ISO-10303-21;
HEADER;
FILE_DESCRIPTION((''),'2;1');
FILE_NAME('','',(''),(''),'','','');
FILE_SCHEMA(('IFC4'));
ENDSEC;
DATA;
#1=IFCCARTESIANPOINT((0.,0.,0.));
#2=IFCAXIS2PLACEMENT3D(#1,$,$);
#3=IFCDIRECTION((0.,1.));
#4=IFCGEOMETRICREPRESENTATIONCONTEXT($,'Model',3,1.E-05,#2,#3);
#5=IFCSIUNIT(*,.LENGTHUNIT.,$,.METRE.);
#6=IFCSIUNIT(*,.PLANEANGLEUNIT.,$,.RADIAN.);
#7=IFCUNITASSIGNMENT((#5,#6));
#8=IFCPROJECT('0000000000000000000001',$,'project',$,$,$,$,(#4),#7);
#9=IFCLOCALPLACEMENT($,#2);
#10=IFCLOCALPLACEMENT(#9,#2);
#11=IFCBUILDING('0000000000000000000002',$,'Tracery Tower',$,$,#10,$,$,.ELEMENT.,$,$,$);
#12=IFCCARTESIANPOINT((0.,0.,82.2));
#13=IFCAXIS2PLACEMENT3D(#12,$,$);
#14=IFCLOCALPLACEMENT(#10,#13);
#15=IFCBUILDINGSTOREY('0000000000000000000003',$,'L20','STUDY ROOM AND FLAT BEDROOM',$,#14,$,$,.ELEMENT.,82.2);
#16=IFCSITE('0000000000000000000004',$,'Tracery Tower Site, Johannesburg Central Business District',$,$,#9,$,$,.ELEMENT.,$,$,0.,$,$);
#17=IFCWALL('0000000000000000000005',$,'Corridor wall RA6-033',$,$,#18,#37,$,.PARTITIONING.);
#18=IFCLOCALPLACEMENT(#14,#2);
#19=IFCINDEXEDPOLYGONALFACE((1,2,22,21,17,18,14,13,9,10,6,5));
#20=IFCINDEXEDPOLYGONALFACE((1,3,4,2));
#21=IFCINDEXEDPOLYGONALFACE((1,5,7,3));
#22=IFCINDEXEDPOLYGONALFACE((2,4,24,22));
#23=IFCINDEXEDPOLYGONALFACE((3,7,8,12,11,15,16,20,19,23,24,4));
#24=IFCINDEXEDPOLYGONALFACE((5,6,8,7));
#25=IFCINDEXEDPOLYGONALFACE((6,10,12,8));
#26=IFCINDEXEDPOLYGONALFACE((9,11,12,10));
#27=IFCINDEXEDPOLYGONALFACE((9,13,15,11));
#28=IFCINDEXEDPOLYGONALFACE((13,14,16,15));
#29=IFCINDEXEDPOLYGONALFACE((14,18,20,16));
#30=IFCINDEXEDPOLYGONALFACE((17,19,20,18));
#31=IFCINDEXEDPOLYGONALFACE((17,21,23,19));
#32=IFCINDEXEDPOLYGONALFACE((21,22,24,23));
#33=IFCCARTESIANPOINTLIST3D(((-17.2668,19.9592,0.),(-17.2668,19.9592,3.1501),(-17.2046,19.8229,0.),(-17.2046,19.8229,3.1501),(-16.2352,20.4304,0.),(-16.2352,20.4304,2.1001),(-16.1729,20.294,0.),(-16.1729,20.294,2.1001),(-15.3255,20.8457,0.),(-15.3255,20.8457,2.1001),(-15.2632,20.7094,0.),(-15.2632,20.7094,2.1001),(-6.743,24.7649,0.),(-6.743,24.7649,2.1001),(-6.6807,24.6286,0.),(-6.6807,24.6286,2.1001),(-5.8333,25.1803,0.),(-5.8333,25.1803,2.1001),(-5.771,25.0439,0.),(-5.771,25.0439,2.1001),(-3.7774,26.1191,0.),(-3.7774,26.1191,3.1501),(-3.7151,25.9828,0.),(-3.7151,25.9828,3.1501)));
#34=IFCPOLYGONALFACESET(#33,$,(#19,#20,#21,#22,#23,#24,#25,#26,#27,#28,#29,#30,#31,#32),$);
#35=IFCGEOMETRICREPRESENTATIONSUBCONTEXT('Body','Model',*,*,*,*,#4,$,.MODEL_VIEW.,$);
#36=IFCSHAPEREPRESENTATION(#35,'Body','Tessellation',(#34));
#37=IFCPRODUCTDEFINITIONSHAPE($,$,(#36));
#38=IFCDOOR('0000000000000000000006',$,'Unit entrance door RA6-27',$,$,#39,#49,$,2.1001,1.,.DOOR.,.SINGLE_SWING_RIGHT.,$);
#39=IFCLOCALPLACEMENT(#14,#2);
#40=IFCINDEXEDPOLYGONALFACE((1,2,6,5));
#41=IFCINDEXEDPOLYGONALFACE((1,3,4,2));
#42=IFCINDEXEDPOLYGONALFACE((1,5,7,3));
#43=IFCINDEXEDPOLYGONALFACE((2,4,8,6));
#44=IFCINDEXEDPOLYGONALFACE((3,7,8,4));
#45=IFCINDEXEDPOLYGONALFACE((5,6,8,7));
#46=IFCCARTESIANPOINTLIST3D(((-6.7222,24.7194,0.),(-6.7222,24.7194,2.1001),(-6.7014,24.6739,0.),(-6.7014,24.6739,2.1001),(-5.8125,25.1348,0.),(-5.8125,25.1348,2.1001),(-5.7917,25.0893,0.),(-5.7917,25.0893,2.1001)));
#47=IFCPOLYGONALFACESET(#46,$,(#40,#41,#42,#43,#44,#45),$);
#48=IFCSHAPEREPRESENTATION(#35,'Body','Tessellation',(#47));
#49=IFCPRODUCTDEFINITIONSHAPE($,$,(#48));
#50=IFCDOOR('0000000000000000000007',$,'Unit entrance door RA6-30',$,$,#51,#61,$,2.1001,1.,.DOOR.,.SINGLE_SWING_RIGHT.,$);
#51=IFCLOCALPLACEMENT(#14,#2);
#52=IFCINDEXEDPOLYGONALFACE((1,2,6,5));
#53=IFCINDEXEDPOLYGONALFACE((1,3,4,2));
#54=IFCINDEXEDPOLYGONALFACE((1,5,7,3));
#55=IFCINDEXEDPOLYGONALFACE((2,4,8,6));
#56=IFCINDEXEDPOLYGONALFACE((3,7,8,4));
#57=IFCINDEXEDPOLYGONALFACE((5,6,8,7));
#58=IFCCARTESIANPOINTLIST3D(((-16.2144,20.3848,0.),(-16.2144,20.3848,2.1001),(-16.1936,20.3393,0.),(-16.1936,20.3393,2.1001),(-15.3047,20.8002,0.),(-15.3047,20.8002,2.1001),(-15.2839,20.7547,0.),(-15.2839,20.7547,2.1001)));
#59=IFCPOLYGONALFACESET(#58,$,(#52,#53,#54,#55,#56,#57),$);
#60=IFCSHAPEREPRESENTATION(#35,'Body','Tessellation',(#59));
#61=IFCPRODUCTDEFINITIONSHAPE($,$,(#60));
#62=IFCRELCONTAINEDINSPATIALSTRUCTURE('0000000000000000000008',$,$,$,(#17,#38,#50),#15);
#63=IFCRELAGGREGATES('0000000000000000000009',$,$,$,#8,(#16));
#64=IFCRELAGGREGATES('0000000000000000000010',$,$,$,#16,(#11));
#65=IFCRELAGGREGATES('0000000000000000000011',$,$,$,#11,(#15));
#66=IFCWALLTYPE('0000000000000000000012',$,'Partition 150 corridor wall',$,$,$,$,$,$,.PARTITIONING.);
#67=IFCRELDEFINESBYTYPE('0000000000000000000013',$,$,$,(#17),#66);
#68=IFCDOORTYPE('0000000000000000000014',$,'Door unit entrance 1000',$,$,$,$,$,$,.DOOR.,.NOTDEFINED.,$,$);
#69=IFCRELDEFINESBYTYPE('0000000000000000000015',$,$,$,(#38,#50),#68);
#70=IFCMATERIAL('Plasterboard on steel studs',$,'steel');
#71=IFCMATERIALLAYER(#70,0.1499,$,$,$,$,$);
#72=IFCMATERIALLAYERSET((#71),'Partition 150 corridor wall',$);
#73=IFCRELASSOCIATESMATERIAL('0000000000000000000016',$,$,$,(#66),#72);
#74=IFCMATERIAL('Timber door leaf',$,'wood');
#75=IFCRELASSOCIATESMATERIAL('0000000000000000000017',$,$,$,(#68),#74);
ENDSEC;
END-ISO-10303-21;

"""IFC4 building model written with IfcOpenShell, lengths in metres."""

from ifc_helpers import new_model, si_unit, direction, frame, frame_2d, origin, place, context, subcontext, project, spatial, rectangle, extrude, material, layer, layer_set, type_object, element, fill, save


model = new_model("IFC4")

# Units and contexts
model_context = context("Model", 3, precision=1e-05, world=origin(), true_north=direction((0.0, 1.0)))
body_context = subcontext(model_context, "Body", "Model", "MODEL_VIEW")
ifc_project = project(units=[si_unit("LENGTHUNIT", "METRE"), si_unit("PLANEANGLEUNIT", "RADIAN")], contexts=[model_context])

# Site, building, storey
site_placement = place(None, origin())
site = spatial("IfcSite", under=ifc_project, at=site_placement, Name="Tracery Tower Site, Johannesburg Central Business District", CompositionType="ELEMENT", RefElevation=0.0)
building_placement = place(site_placement, origin())
building = spatial("IfcBuilding", under=site, at=building_placement, Name="Tracery Tower", CompositionType="ELEMENT")
storey_placement = place(building_placement, frame((0.0, 0.0, 82.2)))
storey = spatial("IfcBuildingStorey", under=building, at=storey_placement, Name="L20", Description="STUDY ROOM AND FLAT BEDROOM", CompositionType="ELEMENT", Elevation=82.2)

# Wall, openings, doors
ifc_material_1 = material(Name="Plasterboard on steel studs", Category="steel")
ifc_layer_1 = layer(ifc_material_1, 0.1499)
ifc_layer_set_1 = layer_set([ifc_layer_1], Name="Partition 150 corridor wall")
wall_type_1 = type_object("IfcWallType", Name="Partition 150 corridor wall", PredefinedType="PARTITIONING", material=ifc_layer_set_1)
wall_1_placement = place(storey_placement, frame((-17.2356, 19.8911, 0.0), z_axis=(0.0, 0.0, 1.0), x_axis=(0.909646, 0.415385, 0.0)))
wall_1 = element("IfcWall", 1, at=wall_1_placement, inside=storey, type_object=wall_type_1, Name="Corridor wall RA6-033", PredefinedType="PARTITIONING", context=body_context, shape_type="SweptSolid", body=[
    extrude(rectangle(XDim=14.8293, YDim=0.1499, at=frame_2d((7.4146, 0.0))), origin(), (0.0, 0.0, 1.0), 3.1501),
])
opening_1_placement = place(wall_1_placement, frame((11.5691, 0.0, 0.0)))
opening_1 = element("IfcOpeningElement", 2, at=opening_1_placement, cuts=wall_1, PredefinedType="OPENING", context=body_context, shape_type="SweptSolid", body=[
    extrude(rectangle(XDim=1.0, YDim=2.1001, at=frame_2d((0.5, 1.05))), frame((0.0, 0.075, 0.0), z_axis=(0.0, -1.0, 0.0), x_axis=(1.0, 0.0, 0.0)), (0.0, 0.0, 1.0), 0.1499),
])
opening_2_placement = place(wall_1_placement, frame((1.134, 0.0, 0.0)))
opening_2 = element("IfcOpeningElement", 3, at=opening_2_placement, cuts=wall_1, PredefinedType="OPENING", context=body_context, shape_type="SweptSolid", body=[
    extrude(rectangle(XDim=1.0, YDim=2.1001, at=frame_2d((0.5, 1.05))), frame((0.0, 0.075, 0.0), z_axis=(0.0, -1.0, 0.0), x_axis=(1.0, 0.0, 0.0)), (0.0, 0.0, 1.0), 0.1499),
])
ifc_material_2 = material(Name="Timber door leaf", Category="wood")
door_type_1 = type_object("IfcDoorType", Name="Door unit entrance 1000", OperationType="NOTDEFINED", PredefinedType="DOOR", material=ifc_material_2)
door_1_placement = place(opening_1_placement, origin())
door_1 = element("IfcDoor", 4, at=door_1_placement, inside=storey, type_object=door_type_1, Name="Unit entrance door RA6-27", OperationType="SINGLE_SWING_RIGHT", OverallHeight=2.1001, OverallWidth=1.0, PredefinedType="DOOR", context=body_context, shape_type="SweptSolid", body=[
    extrude(rectangle(XDim=1.0, YDim=2.1001, at=frame_2d((0.5, 1.05))), frame((0.0, 0.0249, 0.0), z_axis=(0.0, -1.0, 0.0), x_axis=(1.0, 0.0, 0.0)), (0.0, 0.0, 1.0), 0.05),
])
fill(opening_1, door_1)
door_2_placement = place(opening_2_placement, origin())
door_2 = element("IfcDoor", 5, at=door_2_placement, inside=storey, type_object=door_type_1, Name="Unit entrance door RA6-30", OperationType="SINGLE_SWING_RIGHT", OverallHeight=2.1001, OverallWidth=1.0, PredefinedType="DOOR", context=body_context, shape_type="SweptSolid", body=[
    extrude(rectangle(XDim=1.0, YDim=2.1001, at=frame_2d((0.5, 1.05))), frame((0.0, 0.0249, 0.0), z_axis=(0.0, -1.0, 0.0), x_axis=(1.0, 0.0, 0.0)), (0.0, 0.0, 1.0), 0.05),
])
fill(opening_2, door_2)

save(model, "model.ifc")
